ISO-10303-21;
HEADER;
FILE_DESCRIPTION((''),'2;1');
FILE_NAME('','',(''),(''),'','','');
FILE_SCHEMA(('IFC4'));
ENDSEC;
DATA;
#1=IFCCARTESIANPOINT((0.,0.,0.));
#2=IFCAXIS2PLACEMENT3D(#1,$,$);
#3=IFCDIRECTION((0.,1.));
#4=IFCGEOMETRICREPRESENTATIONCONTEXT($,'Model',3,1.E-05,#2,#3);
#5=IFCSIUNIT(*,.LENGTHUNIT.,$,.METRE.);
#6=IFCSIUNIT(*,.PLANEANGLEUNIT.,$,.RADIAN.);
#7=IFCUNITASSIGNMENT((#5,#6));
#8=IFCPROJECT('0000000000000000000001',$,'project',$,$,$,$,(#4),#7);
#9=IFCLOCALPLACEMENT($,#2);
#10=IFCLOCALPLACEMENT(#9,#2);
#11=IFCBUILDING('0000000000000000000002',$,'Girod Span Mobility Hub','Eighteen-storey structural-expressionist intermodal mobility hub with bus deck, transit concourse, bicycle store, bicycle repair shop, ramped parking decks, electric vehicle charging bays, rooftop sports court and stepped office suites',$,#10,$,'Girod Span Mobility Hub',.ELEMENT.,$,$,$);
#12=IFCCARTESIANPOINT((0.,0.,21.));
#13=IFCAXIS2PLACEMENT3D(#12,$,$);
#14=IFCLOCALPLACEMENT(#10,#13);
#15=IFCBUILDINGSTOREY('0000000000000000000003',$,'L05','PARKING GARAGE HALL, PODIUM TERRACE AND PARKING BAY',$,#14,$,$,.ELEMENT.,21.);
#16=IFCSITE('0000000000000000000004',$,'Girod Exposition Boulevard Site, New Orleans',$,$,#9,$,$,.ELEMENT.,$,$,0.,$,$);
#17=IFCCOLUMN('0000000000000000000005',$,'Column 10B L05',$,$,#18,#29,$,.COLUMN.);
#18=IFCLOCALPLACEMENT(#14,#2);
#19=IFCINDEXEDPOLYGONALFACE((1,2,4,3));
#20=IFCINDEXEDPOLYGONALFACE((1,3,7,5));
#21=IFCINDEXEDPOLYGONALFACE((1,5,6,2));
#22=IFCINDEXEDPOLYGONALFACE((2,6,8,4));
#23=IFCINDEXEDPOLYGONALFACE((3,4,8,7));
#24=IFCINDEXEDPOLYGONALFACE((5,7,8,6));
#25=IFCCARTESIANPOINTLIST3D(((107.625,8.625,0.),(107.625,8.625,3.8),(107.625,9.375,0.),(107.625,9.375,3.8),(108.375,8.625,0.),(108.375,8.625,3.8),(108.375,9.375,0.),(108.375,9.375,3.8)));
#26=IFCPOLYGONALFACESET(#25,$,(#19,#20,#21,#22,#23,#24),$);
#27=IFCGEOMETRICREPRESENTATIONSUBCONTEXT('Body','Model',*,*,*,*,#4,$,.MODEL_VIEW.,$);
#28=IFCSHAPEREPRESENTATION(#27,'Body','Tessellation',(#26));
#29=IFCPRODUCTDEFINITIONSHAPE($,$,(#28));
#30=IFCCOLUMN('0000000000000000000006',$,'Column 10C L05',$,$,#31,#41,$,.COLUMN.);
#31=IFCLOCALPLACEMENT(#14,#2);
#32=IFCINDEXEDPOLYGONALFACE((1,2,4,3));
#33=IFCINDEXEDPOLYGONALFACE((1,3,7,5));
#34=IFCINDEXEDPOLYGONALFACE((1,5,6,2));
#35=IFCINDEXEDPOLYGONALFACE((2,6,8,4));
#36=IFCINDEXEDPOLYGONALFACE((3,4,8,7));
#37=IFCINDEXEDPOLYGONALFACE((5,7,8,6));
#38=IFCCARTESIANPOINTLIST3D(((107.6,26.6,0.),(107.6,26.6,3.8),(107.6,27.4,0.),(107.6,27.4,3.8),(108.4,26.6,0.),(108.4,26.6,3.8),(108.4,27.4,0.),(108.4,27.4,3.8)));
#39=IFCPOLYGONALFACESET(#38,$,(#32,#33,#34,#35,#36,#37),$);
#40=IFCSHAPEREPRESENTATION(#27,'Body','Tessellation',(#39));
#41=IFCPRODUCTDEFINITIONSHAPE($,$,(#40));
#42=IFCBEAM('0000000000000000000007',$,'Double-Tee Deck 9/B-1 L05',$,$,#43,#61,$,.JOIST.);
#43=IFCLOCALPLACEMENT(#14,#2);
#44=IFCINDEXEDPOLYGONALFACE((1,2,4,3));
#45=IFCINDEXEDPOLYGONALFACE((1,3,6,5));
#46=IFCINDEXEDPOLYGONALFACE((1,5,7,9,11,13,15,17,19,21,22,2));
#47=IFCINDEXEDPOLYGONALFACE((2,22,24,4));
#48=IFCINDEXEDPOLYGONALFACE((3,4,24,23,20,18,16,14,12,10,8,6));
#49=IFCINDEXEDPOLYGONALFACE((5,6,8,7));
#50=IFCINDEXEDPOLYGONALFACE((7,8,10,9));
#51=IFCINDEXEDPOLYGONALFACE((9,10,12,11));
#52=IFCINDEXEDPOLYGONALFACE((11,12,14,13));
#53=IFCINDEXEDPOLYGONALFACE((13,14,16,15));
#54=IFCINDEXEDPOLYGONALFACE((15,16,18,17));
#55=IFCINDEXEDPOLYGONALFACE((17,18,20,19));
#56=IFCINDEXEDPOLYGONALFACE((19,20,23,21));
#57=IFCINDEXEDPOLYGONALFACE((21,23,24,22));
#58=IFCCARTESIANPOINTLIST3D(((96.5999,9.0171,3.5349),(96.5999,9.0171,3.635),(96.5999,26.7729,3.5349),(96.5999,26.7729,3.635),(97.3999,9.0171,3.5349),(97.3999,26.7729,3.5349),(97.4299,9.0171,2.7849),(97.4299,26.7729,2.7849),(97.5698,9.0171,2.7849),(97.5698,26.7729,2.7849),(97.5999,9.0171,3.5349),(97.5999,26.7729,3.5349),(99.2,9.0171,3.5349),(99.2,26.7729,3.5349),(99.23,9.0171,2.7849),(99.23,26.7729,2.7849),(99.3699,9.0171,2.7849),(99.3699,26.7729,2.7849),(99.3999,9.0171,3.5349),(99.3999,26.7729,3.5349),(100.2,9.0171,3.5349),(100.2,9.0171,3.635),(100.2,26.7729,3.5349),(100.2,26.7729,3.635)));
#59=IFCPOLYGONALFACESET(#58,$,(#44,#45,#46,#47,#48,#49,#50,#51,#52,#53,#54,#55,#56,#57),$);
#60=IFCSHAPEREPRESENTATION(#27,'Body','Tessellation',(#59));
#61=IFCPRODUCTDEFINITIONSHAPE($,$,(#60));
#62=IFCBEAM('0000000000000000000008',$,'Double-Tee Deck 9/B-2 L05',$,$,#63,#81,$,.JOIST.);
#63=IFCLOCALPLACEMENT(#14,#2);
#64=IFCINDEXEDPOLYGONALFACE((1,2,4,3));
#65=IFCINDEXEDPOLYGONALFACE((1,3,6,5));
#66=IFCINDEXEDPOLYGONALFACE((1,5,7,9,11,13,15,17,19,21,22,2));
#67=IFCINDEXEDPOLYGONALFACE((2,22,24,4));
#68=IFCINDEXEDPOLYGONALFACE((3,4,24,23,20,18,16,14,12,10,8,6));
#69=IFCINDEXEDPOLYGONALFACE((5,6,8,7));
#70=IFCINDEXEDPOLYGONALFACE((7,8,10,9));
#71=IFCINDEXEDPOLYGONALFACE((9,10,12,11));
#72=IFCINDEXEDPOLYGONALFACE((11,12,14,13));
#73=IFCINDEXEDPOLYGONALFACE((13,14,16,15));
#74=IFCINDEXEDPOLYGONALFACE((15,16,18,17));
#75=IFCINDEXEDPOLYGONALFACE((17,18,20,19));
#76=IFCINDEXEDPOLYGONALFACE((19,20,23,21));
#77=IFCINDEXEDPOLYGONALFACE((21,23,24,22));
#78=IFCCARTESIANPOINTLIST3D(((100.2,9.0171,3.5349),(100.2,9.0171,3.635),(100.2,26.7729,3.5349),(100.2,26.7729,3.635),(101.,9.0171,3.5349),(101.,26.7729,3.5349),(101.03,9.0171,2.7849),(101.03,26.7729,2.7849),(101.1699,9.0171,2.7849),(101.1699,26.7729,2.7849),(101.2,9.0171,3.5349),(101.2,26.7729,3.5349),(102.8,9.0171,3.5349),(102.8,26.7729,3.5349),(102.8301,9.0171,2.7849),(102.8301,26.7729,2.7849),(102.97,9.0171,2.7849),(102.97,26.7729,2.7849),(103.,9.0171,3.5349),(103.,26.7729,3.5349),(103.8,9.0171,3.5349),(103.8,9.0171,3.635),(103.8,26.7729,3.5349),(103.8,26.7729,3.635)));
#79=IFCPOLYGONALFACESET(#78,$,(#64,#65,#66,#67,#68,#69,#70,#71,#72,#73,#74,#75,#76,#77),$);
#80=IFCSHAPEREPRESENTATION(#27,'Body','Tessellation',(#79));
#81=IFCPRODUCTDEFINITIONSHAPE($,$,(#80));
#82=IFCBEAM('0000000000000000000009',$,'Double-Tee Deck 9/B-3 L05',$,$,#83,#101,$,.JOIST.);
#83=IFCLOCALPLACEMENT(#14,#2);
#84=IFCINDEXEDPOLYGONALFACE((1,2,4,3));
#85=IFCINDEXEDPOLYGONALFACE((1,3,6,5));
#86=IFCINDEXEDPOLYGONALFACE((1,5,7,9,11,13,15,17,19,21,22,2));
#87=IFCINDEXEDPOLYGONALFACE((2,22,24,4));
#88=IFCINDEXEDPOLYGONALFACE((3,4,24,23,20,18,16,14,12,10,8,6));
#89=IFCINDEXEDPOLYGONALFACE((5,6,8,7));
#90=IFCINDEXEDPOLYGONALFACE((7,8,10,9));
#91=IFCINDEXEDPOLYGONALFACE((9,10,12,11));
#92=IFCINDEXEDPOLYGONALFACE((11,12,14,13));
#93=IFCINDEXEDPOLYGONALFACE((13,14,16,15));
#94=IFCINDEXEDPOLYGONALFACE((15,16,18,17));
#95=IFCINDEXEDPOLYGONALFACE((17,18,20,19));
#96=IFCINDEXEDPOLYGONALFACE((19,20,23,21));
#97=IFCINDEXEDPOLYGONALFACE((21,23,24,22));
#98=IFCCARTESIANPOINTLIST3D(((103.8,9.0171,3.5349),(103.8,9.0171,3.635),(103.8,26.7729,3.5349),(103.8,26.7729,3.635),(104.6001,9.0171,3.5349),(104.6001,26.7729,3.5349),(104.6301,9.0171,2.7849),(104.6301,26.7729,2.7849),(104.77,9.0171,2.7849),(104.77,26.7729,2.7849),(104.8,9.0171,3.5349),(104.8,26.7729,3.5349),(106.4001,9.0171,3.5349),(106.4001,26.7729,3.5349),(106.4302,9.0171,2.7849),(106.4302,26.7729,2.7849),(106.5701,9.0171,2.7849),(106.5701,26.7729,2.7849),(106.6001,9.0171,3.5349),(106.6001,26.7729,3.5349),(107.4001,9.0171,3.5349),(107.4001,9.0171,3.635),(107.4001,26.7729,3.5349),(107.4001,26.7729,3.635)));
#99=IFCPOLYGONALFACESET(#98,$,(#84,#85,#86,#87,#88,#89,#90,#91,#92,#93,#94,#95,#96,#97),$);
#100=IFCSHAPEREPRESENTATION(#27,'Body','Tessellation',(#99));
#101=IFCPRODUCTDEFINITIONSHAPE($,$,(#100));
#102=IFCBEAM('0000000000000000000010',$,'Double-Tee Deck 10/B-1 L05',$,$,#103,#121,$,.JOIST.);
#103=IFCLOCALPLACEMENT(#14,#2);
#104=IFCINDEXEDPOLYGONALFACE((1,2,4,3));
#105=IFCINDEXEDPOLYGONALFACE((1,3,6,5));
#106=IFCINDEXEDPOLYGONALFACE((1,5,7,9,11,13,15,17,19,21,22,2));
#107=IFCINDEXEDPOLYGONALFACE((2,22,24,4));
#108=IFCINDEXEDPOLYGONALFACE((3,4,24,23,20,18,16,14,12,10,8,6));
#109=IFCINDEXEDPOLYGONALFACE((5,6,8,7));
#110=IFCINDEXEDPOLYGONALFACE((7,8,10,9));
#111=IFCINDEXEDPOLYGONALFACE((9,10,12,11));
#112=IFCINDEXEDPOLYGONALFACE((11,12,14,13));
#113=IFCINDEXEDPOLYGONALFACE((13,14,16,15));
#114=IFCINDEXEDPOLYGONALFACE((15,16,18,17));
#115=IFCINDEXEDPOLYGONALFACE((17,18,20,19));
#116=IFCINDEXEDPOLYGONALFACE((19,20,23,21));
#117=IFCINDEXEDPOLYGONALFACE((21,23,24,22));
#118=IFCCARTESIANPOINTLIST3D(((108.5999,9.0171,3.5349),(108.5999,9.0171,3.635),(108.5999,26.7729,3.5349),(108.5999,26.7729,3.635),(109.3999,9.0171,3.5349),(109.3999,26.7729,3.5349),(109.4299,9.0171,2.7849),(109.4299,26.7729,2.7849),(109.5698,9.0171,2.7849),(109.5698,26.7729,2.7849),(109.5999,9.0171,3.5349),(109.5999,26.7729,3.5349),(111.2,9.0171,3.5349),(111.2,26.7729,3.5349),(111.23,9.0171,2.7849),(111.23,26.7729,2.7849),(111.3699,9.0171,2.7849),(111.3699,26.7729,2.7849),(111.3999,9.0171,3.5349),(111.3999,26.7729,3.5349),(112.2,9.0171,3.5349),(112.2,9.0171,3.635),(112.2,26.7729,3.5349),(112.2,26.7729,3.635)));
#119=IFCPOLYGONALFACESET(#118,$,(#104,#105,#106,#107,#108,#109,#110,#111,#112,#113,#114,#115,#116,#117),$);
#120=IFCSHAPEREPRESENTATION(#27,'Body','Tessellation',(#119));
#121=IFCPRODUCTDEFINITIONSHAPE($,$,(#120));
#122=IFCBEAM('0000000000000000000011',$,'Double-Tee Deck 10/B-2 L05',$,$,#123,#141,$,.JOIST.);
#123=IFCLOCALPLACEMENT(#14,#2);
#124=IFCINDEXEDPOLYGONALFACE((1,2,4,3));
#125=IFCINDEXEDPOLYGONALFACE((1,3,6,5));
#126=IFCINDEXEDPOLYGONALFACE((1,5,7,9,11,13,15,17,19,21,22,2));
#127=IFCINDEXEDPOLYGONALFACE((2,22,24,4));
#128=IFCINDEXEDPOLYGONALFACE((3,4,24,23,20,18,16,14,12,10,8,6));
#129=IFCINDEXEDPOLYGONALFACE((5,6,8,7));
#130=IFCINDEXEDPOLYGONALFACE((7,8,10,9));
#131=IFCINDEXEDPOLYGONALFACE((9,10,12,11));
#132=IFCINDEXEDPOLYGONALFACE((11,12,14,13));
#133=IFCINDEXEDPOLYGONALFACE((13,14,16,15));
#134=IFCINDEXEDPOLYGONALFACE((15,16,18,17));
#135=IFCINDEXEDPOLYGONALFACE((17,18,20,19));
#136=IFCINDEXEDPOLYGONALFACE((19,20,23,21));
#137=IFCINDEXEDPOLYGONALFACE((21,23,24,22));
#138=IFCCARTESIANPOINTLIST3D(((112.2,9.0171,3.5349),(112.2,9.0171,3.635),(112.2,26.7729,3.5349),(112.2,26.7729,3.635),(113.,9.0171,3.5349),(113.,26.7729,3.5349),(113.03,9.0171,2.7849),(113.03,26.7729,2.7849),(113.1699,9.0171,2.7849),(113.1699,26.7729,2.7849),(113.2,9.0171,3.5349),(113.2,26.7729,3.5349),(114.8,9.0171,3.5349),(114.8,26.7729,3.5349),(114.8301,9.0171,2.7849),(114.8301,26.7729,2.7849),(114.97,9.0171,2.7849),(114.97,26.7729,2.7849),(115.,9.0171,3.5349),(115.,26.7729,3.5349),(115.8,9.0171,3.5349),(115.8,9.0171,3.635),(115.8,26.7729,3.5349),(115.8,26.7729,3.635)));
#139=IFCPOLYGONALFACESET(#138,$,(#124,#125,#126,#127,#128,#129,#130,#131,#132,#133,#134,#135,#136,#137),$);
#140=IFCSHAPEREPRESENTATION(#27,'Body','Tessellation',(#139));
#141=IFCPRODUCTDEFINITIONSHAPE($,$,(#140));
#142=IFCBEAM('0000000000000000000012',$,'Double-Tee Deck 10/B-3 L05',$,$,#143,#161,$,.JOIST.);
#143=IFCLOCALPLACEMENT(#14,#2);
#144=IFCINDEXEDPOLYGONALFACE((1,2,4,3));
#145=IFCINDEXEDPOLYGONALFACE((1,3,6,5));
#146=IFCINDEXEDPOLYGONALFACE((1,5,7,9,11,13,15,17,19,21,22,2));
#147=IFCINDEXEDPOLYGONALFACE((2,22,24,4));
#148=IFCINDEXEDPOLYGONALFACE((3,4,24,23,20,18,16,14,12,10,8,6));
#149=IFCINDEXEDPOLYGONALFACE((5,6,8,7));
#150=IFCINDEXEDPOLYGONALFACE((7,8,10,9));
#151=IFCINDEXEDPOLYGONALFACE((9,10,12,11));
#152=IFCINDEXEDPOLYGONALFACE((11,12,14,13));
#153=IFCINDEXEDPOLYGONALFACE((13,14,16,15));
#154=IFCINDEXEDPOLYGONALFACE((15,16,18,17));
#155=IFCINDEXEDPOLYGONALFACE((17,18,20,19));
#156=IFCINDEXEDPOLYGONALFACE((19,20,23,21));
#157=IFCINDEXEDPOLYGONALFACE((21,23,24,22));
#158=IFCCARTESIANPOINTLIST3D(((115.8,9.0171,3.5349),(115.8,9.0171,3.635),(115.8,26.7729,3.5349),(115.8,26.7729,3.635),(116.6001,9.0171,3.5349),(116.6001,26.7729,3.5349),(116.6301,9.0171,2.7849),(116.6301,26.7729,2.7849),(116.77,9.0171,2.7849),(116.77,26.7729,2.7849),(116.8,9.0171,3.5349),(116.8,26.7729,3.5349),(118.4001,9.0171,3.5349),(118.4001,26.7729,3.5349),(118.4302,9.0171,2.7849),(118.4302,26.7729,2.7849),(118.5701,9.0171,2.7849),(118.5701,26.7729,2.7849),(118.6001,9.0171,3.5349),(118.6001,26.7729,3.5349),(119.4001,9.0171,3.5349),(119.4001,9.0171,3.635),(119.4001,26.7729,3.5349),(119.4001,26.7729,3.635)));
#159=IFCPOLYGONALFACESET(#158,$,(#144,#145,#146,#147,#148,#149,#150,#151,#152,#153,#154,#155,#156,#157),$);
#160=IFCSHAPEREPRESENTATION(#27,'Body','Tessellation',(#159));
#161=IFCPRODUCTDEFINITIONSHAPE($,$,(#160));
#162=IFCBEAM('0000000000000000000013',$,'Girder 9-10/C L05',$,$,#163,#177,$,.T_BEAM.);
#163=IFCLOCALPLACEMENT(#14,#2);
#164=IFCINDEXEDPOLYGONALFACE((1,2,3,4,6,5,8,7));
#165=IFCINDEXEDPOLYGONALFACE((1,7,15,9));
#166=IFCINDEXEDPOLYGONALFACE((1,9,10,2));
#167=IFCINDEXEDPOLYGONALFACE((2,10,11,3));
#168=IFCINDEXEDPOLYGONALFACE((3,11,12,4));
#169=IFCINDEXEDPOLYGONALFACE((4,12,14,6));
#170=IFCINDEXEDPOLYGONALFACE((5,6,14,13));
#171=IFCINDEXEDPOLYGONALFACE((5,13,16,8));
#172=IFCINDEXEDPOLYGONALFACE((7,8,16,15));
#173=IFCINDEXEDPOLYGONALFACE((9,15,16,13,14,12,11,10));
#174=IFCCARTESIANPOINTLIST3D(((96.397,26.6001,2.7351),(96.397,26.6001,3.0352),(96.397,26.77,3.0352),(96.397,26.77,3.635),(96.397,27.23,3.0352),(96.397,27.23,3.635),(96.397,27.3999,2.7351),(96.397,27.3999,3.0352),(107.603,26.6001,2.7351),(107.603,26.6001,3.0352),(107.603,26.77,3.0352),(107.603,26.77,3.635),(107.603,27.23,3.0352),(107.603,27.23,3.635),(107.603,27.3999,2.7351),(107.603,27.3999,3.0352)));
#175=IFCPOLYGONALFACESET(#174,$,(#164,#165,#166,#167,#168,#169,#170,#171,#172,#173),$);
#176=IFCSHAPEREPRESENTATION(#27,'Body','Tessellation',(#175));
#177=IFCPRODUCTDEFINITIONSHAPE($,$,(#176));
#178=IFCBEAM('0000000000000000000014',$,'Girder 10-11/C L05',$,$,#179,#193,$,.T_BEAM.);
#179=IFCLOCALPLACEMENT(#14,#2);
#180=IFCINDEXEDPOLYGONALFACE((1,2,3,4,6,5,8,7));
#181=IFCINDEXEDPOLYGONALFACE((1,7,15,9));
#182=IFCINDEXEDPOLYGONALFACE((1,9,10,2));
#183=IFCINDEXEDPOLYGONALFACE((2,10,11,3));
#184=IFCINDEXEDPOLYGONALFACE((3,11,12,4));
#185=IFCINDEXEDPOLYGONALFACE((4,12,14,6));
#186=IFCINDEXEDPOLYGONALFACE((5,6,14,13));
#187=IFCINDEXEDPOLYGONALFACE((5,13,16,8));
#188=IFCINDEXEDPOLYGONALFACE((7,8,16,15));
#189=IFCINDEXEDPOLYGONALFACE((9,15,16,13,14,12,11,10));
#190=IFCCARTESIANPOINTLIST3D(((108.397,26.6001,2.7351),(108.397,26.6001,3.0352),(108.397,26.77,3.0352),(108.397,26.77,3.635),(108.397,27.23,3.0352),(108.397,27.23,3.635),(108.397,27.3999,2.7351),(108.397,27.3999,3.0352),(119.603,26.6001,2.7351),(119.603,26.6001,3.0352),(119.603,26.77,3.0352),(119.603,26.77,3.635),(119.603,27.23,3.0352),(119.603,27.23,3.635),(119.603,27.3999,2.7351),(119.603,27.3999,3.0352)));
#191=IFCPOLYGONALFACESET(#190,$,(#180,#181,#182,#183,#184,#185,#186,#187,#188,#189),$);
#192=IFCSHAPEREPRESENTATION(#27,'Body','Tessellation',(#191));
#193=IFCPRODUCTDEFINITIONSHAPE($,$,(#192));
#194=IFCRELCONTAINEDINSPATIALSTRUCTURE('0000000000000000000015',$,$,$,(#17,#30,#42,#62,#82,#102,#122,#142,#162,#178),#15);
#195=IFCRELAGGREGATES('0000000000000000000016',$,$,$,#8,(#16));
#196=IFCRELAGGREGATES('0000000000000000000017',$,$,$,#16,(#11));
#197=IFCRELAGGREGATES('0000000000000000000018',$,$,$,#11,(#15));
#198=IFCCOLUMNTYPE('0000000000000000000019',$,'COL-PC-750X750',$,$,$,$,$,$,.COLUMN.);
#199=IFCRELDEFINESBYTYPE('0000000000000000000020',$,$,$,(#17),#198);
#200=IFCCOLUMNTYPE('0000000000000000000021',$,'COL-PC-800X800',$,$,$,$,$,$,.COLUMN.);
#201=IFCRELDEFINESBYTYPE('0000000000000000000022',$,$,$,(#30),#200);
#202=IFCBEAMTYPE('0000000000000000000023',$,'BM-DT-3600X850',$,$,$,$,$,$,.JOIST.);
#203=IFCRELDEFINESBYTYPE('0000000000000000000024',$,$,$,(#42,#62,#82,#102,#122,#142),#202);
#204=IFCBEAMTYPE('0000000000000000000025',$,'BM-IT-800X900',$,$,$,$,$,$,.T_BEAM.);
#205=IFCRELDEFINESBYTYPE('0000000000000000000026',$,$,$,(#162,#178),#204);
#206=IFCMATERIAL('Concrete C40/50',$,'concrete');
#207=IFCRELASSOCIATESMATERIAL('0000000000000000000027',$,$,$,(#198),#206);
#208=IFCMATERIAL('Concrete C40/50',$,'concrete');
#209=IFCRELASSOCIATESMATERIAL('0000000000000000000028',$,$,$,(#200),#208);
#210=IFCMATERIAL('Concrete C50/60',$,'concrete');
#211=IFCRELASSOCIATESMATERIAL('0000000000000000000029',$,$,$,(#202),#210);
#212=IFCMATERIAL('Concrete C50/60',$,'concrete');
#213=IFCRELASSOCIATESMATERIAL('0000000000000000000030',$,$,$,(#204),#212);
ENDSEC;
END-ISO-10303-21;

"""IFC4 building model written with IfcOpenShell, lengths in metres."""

from ifc_helpers import new_model, si_unit, direction, frame, origin, origin_2d, place, context, subcontext, project, spatial, polyline, rectangle, outline, extrude, material, material_profile, profile_set, type_object, element, save


model = new_model("IFC4")

# Units and contexts
model_context = context("Model", 3, precision=1e-05, world=origin(), true_north=direction((0.0, 1.0)))
body_context = subcontext(model_context, "Body", "Model", "MODEL_VIEW")
ifc_project = project(units=[si_unit("LENGTHUNIT", "METRE"), si_unit("PLANEANGLEUNIT", "RADIAN")], contexts=[model_context])

# Site, building, storey
site_placement = place(None, origin())
site = spatial("IfcSite", under=ifc_project, at=site_placement, Name="Girod Exposition Boulevard Site, New Orleans", CompositionType="ELEMENT", RefElevation=0.0)
building_placement = place(site_placement, origin())
building = spatial("IfcBuilding", under=site, at=building_placement, Name="Girod Span Mobility Hub", Description="Eighteen-storey structural-expressionist intermodal mobility hub with bus deck, transit concourse, bicycle store, bicycle repair shop, ramped parking decks, electric vehicle charging bays, rooftop sports court and stepped office suites", LongName="Girod Span Mobility Hub", CompositionType="ELEMENT")
storey_placement = place(building_placement, frame((0.0, 0.0, 21.0)))
storey = spatial("IfcBuildingStorey", under=building, at=storey_placement, Name="L05", Description="PARKING GARAGE HALL, PODIUM TERRACE AND PARKING BAY", CompositionType="ELEMENT", Elevation=21.0)

# Columns
ifc_material_1 = material(Name="Concrete C40/50", Category="concrete")
ifc_material_profile_1 = material_profile(ifc_material_1, rectangle(XDim=0.75, YDim=0.75, at=origin_2d()), Name="PC-COL-750X750")
ifc_profile_set_1 = profile_set([ifc_material_profile_1], Name="Concrete C40/50")
column_type_1 = type_object("IfcColumnType", Name="COL-PC-750X750", PredefinedType="COLUMN", material=ifc_profile_set_1)
column_1_placement = place(storey_placement, frame((108.0, 9.0, 0.0), z_axis=(0.0, 0.0, 1.0), x_axis=(1.0, 0.0, 0.0)))
element("IfcColumn", 1, at=column_1_placement, inside=storey, type_object=column_type_1, Name="Column 10B L05", PredefinedType="COLUMN", context=body_context, shape_type="SweptSolid", body=[
    extrude(rectangle(XDim=0.75, YDim=0.75, at=origin_2d()), origin(), (0.0, 0.0, 1.0), 3.8),
])
ifc_material_2 = material(Name="Concrete C40/50", Category="concrete")
ifc_material_profile_2 = material_profile(ifc_material_2, rectangle(XDim=0.8, YDim=0.8, at=origin_2d()), Name="PC-COL-800X800")
ifc_profile_set_2 = profile_set([ifc_material_profile_2], Name="Concrete C40/50")
column_type_2 = type_object("IfcColumnType", Name="COL-PC-800X800", PredefinedType="COLUMN", material=ifc_profile_set_2)
column_2_placement = place(storey_placement, frame((108.0, 27.0, 0.0), z_axis=(0.0, 0.0, 1.0), x_axis=(1.0, 0.0, 0.0)))
element("IfcColumn", 2, at=column_2_placement, inside=storey, type_object=column_type_2, Name="Column 10C L05", PredefinedType="COLUMN", context=body_context, shape_type="SweptSolid", body=[
    extrude(rectangle(XDim=0.8, YDim=0.8, at=origin_2d()), origin(), (0.0, 0.0, 1.0), 3.8),
])

# Beams
ifc_material_3 = material(Name="Concrete C50/60", Category="concrete")
ifc_material_profile_3 = material_profile(ifc_material_3, outline(polyline([(-1.8, 0.425), (-1.8, 0.325), (-1.0, 0.325), (-0.97, -0.425), (-0.8301, -0.425), (-0.8, 0.325), (0.8, 0.325), (0.8301, -0.425), (0.97, -0.425), (1.0, 0.325), (1.8, 0.325), (1.8, 0.425), (-1.8, 0.425)])), Name="DT-3600X850")
ifc_profile_set_3 = profile_set([ifc_material_profile_3], Name="Concrete C50/60")
beam_type_1 = type_object("IfcBeamType", Name="BM-DT-3600X850", PredefinedType="JOIST", material=ifc_profile_set_3)
for number, where, z_axis, x_axis, name in (
    (3, (98.3999, 9.0171, 3.21), (0.0, 1.0, 0.0), (-1.0, 0.0, 0.0), "Double-Tee Deck 9/B-1 L05"),
    (4, (102.0, 9.0171, 3.21), (0.0, 1.0, 0.0), (-1.0, 0.0, 0.0), "Double-Tee Deck 9/B-2 L05"),
    (5, (105.6001, 9.0171, 3.21), (0.0, 1.0, 0.0), (-1.0, 0.0, 0.0), "Double-Tee Deck 9/B-3 L05"),
    (6, (110.3999, 9.0171, 3.21), (0.0, 1.0, 0.0), (-1.0, 0.0, 0.0), "Double-Tee Deck 10/B-1 L05"),
    (7, (114.0, 9.0171, 3.21), (0.0, 1.0, 0.0), (-1.0, 0.0, 0.0), "Double-Tee Deck 10/B-2 L05"),
    (8, (117.6001, 9.0171, 3.21), (0.0, 1.0, 0.0), (-1.0, 0.0, 0.0), "Double-Tee Deck 10/B-3 L05"),
):
    element("IfcBeam", number, at=place(storey_placement, frame(where, z_axis=z_axis, x_axis=x_axis)), inside=storey, type_object=beam_type_1, Name=name, PredefinedType="JOIST", context=body_context, shape_type="SweptSolid", body=[
        extrude(outline(polyline([(-1.8, 0.425), (-1.8, 0.325), (-1.0, 0.325), (-0.97, -0.425), (-0.8301, -0.425), (-0.8, 0.325), (0.8, 0.325), (0.8301, -0.425), (0.97, -0.425), (1.0, 0.325), (1.8, 0.325), (1.8, 0.425), (-1.8, 0.425)])), origin(), (0.0, 0.0, 1.0), 17.7559),
    ])
ifc_material_4 = material(Name="Concrete C50/60", Category="concrete")
ifc_material_profile_4 = material_profile(ifc_material_4, outline(polyline([(-0.3999, -0.45), (0.3999, -0.45), (0.3999, -0.1499), (0.23, -0.1499), (0.23, 0.45), (-0.23, 0.45), (-0.23, -0.1499), (-0.3999, -0.1499), (-0.3999, -0.45)])), Name="IT-800X900")
ifc_profile_set_4 = profile_set([ifc_material_profile_4], Name="Concrete C50/60")
beam_type_2 = type_object("IfcBeamType", Name="BM-IT-800X900", PredefinedType="T_BEAM", material=ifc_profile_set_4)
for number, where, z_axis, x_axis, name in (
    (9, (96.397, 27.0, 3.1851), (1.0, 0.0, 0.0), (0.0, 1.0, 0.0), "Girder 9-10/C L05"),
    (10, (108.397, 27.0, 3.1851), (1.0, 0.0, 0.0), (0.0, 1.0, 0.0), "Girder 10-11/C L05"),
):
    element("IfcBeam", number, at=place(storey_placement, frame(where, z_axis=z_axis, x_axis=x_axis)), inside=storey, type_object=beam_type_2, Name=name, PredefinedType="T_BEAM", context=body_context, shape_type="SweptSolid", body=[
        extrude(outline(polyline([(-0.3999, -0.45), (0.3999, -0.45), (0.3999, -0.1499), (0.23, -0.1499), (0.23, 0.45), (-0.23, 0.45), (-0.23, -0.1499), (-0.3999, -0.1499), (-0.3999, -0.45)])), origin(), (0.0, 0.0, 1.0), 11.2061),
    ])

save(model, "model.ifc")
